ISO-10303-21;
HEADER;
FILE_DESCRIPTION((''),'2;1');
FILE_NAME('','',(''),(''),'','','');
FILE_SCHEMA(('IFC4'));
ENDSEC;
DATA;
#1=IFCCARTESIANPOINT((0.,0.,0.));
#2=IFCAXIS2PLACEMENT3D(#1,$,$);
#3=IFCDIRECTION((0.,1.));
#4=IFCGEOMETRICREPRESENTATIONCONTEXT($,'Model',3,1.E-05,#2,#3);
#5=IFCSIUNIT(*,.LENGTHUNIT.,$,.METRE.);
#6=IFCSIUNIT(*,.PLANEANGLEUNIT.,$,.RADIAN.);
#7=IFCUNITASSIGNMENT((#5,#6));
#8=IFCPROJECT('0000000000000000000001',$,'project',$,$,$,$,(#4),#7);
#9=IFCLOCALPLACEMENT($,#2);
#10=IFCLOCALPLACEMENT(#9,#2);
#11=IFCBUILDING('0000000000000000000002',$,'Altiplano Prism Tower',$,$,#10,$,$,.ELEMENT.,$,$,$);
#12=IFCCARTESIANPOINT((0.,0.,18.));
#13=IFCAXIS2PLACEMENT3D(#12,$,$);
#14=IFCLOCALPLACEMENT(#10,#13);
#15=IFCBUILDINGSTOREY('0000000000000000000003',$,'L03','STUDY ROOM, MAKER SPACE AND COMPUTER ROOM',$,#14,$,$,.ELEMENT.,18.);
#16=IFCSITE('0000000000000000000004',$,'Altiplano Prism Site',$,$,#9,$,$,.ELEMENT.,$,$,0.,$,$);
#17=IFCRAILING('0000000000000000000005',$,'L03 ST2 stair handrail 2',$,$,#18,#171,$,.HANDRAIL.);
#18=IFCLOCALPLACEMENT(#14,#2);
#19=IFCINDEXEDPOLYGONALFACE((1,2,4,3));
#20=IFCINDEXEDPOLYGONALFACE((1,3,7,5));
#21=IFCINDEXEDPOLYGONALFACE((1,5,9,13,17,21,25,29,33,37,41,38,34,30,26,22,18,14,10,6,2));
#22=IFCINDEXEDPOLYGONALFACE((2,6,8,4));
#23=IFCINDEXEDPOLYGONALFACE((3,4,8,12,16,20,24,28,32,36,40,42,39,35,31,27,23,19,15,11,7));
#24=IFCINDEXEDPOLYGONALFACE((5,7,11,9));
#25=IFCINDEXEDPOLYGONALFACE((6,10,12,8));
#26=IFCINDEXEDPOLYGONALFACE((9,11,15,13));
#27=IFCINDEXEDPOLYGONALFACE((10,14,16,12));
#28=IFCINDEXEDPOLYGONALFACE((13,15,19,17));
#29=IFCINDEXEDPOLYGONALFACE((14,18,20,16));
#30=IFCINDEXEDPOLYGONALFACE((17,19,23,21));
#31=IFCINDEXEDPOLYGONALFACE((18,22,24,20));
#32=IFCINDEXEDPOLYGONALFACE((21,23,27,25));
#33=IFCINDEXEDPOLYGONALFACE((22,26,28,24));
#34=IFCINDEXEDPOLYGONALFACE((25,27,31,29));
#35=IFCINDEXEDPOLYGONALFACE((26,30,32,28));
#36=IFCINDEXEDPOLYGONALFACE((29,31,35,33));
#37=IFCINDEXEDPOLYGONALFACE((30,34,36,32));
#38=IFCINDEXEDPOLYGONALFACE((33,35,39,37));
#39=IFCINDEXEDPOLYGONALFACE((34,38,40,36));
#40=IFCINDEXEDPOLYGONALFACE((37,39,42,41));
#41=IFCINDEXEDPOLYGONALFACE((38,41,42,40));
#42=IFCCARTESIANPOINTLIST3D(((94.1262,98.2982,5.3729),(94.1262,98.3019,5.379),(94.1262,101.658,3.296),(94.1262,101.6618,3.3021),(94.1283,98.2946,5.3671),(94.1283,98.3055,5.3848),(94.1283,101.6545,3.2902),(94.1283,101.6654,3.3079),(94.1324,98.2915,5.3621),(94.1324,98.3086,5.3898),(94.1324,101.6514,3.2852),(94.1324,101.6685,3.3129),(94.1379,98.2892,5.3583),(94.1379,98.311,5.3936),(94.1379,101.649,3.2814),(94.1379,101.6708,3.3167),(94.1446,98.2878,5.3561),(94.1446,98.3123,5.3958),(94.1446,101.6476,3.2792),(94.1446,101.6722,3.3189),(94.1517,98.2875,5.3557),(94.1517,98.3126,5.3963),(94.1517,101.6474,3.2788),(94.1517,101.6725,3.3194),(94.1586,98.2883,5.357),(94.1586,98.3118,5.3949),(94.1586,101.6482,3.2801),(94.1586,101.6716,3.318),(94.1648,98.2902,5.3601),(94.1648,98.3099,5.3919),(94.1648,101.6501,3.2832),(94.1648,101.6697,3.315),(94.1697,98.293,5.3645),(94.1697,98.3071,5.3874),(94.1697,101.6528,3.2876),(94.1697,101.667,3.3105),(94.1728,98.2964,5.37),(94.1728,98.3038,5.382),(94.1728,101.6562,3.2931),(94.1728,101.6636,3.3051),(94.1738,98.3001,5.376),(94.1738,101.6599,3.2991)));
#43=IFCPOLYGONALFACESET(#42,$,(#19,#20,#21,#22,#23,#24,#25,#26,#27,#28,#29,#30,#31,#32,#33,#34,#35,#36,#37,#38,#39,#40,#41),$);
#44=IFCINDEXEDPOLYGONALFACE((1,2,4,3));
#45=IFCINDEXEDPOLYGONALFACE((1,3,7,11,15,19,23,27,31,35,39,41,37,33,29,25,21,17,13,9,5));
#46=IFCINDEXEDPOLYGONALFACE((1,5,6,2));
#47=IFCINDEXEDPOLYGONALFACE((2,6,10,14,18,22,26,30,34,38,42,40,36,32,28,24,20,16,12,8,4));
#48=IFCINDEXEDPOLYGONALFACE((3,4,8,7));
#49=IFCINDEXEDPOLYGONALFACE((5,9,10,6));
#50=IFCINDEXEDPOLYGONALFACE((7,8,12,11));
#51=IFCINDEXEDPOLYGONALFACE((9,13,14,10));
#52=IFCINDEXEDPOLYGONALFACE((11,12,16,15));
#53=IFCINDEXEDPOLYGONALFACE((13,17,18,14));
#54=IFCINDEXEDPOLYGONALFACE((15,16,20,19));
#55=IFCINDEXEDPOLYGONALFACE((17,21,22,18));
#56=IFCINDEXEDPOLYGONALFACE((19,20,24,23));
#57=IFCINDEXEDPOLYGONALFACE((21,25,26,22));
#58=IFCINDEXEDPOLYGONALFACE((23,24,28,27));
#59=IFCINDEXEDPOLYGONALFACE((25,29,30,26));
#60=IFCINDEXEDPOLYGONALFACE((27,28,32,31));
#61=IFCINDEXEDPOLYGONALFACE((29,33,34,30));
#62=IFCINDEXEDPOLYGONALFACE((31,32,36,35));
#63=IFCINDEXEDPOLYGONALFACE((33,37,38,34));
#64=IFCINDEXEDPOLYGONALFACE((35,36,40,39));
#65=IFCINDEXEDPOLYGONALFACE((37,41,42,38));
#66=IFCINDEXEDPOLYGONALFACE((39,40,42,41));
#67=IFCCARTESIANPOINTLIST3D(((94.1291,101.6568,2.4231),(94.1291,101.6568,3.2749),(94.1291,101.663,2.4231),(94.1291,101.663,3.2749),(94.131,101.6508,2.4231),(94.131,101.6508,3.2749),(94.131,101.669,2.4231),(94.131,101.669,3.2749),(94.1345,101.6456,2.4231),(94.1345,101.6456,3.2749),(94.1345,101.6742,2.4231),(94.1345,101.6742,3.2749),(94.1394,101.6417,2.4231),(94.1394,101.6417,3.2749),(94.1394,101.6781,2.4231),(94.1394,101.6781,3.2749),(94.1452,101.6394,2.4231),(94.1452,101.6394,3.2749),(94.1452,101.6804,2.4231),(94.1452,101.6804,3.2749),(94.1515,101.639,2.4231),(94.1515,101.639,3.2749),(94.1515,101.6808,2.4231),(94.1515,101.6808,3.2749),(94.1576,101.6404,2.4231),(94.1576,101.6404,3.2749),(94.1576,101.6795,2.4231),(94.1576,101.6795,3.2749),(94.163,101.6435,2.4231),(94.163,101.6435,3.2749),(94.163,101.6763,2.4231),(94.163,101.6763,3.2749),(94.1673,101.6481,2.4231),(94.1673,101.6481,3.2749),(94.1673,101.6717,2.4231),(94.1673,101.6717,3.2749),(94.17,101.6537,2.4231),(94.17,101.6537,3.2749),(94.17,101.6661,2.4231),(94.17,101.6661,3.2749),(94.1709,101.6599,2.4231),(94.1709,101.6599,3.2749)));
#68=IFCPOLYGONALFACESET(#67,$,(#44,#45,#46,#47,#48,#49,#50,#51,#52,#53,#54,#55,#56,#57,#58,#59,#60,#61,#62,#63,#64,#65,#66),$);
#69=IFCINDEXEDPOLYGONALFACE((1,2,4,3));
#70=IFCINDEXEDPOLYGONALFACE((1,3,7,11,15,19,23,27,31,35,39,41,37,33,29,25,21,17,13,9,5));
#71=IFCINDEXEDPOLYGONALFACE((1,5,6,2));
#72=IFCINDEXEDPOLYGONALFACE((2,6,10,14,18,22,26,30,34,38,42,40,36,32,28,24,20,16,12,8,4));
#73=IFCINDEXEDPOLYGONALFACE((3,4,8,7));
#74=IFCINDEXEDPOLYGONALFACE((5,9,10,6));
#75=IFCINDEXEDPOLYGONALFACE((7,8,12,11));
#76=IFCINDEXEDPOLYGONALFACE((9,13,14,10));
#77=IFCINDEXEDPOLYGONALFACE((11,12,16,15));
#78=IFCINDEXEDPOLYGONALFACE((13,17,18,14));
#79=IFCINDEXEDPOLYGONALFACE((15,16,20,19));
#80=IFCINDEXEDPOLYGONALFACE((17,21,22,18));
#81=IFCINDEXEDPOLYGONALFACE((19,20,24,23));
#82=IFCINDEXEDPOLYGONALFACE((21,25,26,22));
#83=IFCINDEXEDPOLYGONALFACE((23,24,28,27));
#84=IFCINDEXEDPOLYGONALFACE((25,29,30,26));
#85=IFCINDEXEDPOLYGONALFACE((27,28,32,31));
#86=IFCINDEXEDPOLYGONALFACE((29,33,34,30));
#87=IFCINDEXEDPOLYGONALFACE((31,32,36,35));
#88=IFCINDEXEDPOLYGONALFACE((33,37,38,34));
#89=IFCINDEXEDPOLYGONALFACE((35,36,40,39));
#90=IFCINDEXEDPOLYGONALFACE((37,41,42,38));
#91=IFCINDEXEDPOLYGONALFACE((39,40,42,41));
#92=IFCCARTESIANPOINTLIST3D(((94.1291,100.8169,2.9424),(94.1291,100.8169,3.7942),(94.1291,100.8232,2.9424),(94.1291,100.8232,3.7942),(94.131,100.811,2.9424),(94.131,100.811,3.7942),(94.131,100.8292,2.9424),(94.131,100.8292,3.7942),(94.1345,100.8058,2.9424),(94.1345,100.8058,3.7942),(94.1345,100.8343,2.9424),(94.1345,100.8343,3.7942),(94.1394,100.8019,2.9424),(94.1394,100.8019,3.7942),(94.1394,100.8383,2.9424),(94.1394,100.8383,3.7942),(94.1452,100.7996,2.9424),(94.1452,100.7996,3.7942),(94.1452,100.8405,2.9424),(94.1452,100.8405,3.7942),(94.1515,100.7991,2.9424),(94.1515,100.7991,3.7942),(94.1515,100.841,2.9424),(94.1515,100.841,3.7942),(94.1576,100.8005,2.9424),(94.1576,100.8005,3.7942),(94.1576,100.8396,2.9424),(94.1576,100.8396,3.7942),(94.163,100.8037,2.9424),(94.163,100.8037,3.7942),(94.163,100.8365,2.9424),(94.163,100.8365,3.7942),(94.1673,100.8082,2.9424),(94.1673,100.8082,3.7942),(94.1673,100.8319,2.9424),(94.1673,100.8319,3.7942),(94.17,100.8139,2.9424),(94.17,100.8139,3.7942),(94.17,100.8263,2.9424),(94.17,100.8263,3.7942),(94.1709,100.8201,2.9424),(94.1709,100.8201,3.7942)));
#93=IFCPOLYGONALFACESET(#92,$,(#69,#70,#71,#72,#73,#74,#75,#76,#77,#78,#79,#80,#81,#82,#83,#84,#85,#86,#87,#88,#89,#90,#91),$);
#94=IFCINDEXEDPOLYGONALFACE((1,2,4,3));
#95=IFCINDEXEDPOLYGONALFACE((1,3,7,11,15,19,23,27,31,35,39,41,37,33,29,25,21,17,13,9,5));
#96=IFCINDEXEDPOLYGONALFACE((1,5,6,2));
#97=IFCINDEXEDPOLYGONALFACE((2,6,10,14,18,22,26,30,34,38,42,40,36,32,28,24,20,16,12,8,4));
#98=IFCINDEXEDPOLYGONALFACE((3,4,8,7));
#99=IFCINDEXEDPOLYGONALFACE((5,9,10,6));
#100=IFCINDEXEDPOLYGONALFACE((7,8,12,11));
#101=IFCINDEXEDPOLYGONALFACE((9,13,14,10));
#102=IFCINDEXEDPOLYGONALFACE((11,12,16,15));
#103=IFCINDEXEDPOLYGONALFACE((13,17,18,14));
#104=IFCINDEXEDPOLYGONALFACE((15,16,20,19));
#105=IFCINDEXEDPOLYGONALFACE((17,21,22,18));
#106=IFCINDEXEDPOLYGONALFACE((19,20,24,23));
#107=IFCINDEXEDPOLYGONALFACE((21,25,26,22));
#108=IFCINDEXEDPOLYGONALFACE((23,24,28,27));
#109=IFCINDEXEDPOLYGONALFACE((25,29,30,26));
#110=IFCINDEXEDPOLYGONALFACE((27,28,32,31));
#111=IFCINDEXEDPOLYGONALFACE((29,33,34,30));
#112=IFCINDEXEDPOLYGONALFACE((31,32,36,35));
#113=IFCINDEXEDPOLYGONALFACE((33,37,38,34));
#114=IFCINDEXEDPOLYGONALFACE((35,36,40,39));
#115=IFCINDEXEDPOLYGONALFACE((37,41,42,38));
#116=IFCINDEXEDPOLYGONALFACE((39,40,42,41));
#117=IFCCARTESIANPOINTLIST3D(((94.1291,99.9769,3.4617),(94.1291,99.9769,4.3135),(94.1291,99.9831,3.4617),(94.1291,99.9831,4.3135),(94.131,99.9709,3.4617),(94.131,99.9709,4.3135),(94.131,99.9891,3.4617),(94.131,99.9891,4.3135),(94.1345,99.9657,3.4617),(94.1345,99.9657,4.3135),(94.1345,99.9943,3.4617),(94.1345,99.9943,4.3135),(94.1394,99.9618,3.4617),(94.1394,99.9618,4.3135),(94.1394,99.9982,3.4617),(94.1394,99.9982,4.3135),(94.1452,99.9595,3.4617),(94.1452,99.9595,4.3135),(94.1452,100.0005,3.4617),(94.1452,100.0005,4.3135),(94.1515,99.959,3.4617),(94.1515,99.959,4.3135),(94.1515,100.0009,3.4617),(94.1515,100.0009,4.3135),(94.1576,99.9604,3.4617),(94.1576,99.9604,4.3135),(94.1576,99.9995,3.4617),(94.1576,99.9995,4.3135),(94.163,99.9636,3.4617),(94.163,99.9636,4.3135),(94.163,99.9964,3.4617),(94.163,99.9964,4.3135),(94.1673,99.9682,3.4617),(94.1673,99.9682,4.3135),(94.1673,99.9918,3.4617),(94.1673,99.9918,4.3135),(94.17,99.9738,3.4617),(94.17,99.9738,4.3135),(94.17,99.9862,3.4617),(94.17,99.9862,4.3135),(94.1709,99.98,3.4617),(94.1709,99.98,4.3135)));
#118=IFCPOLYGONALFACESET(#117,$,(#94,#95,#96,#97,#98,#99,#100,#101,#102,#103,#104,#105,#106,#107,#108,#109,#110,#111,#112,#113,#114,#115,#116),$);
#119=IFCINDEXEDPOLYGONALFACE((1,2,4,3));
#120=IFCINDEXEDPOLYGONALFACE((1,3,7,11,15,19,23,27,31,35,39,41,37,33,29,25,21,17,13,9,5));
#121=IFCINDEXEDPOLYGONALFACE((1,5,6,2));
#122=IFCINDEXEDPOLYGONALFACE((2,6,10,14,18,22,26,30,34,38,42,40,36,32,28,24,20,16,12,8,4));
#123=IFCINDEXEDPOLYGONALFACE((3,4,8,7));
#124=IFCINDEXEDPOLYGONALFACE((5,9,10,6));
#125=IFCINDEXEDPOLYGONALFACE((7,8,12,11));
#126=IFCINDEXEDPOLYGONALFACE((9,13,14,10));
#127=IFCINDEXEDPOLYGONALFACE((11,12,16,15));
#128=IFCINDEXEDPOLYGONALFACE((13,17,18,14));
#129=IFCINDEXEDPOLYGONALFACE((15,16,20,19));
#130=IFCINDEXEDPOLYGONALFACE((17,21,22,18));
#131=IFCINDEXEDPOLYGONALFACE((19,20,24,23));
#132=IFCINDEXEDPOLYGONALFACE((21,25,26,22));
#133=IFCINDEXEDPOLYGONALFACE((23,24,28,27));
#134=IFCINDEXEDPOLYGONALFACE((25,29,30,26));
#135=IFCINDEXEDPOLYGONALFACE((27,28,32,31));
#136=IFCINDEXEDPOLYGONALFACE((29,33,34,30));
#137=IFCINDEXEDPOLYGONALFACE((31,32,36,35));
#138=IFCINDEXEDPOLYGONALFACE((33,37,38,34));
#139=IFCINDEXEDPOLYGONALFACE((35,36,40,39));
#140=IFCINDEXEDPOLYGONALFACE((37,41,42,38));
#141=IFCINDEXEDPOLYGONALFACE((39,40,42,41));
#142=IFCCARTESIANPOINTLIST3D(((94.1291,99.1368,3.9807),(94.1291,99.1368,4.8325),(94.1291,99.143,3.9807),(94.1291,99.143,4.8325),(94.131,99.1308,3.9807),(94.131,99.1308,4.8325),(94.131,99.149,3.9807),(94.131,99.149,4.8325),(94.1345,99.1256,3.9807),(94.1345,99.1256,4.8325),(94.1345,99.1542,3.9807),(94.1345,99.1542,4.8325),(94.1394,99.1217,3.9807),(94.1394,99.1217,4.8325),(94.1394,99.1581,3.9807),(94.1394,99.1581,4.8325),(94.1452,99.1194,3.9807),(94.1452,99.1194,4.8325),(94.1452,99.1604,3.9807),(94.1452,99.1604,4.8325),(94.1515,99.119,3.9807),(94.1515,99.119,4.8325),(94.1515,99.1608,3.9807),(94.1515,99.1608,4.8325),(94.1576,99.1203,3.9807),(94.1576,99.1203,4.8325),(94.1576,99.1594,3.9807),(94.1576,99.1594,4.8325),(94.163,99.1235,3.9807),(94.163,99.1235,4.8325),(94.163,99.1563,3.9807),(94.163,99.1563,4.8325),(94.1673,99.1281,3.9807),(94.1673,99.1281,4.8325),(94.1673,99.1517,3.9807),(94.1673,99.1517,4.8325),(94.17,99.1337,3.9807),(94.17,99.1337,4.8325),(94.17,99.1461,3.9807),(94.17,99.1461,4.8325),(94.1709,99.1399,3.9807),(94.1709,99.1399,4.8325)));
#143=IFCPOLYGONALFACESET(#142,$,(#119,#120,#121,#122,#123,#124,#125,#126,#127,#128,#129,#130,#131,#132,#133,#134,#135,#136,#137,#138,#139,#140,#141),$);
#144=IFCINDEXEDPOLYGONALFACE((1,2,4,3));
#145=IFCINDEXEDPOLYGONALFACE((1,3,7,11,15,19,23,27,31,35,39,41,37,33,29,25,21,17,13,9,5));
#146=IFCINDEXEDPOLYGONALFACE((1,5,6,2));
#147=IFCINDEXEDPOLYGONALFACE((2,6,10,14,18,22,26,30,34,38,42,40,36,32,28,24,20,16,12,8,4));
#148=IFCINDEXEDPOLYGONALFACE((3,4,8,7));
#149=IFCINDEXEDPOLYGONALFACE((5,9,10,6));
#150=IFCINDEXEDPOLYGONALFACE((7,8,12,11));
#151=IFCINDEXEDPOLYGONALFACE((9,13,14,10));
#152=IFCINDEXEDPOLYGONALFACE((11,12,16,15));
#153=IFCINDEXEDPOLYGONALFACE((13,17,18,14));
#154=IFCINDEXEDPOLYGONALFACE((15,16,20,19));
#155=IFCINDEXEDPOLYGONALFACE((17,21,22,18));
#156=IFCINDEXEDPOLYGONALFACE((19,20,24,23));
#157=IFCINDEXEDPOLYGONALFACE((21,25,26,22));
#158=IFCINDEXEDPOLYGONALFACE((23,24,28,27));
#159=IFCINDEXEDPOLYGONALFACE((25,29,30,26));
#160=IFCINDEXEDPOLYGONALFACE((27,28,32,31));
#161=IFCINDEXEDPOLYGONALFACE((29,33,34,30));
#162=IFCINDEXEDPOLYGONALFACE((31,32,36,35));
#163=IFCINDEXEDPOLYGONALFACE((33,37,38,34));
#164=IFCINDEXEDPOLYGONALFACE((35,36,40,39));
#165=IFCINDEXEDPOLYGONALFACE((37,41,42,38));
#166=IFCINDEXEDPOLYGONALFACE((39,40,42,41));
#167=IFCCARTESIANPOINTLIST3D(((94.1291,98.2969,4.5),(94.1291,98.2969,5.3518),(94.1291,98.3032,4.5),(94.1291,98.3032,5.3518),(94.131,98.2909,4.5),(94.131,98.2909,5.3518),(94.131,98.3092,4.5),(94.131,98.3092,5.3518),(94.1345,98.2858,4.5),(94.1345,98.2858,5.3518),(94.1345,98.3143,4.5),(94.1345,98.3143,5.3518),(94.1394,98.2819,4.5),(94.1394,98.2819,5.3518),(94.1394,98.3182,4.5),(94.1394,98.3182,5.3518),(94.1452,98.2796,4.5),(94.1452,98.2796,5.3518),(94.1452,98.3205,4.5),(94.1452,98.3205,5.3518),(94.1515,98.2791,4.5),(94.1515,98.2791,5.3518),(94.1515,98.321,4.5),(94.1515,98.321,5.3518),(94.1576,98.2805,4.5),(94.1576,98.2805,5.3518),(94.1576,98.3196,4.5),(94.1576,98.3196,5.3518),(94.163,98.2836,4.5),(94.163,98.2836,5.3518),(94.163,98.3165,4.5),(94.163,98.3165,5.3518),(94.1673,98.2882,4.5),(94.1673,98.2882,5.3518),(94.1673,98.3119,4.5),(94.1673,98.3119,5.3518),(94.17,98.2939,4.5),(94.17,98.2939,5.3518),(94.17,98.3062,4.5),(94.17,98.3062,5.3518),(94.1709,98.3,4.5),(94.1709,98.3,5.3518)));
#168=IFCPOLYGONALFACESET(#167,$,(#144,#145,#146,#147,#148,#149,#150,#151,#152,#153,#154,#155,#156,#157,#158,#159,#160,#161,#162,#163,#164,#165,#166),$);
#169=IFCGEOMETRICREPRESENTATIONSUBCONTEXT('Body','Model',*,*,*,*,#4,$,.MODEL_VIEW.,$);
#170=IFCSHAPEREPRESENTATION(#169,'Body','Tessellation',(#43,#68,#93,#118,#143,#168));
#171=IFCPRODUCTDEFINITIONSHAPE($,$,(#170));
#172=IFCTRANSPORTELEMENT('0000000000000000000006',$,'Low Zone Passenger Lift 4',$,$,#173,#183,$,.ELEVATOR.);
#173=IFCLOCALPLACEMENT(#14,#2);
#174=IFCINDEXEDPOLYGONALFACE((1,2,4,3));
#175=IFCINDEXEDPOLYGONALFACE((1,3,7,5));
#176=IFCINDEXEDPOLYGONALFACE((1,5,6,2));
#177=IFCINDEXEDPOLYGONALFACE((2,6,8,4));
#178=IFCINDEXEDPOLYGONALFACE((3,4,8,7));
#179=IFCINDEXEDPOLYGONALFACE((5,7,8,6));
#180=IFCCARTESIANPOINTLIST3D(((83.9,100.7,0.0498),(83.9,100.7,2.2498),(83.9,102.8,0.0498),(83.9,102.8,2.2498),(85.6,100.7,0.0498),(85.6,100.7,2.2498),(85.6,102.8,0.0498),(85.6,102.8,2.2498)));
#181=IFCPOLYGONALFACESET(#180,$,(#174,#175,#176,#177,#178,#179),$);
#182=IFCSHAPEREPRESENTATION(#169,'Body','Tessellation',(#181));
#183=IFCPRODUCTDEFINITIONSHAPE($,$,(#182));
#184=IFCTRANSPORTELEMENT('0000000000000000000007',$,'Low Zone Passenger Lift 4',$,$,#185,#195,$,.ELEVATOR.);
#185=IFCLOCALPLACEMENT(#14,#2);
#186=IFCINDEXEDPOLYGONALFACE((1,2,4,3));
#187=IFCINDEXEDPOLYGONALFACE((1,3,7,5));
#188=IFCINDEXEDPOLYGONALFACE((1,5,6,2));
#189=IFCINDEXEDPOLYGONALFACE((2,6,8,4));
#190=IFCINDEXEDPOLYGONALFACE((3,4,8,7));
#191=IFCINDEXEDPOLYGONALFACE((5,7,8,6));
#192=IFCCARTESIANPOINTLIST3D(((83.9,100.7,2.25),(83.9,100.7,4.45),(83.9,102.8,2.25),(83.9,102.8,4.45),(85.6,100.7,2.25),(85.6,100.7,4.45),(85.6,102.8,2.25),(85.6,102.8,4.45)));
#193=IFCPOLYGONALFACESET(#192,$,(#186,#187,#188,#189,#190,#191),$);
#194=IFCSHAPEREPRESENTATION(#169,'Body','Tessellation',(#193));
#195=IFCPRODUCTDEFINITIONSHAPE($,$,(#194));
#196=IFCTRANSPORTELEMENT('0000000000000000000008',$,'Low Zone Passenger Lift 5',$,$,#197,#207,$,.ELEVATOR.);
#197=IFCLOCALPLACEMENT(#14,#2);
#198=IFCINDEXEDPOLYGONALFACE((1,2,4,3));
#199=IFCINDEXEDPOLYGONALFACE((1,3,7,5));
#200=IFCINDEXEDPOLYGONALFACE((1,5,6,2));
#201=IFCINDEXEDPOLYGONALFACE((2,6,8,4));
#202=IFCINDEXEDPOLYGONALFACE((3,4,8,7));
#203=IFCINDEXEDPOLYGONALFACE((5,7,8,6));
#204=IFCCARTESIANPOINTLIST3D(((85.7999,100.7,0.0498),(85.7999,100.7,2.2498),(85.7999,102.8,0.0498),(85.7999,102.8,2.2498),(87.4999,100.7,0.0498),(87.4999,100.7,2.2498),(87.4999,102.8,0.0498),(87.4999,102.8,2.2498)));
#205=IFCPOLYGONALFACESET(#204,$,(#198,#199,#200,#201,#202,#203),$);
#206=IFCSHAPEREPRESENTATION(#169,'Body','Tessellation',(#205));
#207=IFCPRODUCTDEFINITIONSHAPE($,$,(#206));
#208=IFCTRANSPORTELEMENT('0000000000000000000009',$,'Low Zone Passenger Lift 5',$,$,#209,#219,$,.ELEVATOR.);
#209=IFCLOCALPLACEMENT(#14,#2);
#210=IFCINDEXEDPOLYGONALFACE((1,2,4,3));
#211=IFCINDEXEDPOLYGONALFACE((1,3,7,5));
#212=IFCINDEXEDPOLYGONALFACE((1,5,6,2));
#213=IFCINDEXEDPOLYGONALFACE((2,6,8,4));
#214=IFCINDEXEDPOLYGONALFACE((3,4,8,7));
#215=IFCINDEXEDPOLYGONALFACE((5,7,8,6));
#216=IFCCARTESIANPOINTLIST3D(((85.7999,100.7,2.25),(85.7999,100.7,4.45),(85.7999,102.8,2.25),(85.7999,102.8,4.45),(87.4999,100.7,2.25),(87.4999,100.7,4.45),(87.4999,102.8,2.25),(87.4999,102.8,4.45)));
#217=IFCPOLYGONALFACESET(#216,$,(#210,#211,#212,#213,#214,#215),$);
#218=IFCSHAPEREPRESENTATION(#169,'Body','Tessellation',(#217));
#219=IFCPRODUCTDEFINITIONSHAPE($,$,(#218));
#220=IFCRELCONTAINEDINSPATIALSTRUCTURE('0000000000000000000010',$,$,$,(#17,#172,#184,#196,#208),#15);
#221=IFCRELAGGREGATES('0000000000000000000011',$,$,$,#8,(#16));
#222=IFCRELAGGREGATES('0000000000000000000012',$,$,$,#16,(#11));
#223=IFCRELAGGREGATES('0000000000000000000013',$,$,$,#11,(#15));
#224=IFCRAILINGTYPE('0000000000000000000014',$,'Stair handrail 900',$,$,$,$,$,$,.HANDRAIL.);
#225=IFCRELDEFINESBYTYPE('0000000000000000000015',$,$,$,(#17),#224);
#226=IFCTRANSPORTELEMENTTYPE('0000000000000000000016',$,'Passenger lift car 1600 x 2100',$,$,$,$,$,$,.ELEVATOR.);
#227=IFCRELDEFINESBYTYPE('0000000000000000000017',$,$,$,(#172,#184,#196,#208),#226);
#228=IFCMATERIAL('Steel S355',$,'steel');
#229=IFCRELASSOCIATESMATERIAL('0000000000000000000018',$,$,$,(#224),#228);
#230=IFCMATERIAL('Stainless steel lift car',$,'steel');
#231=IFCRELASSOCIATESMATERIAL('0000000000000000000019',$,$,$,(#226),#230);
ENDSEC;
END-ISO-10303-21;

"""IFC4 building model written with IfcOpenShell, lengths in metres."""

from ifc_helpers import new_model, si_unit, direction, frame, origin, origin_2d, place, context, subcontext, project, spatial, rectangle, circle, extrude, material, type_object, element, save


model = new_model("IFC4")

# Units and contexts
model_context = context("Model", 3, precision=1e-05, world=origin(), true_north=direction((0.0, 1.0)))
body_context = subcontext(model_context, "Body", "Model", "MODEL_VIEW")
ifc_project = project(units=[si_unit("LENGTHUNIT", "METRE"), si_unit("PLANEANGLEUNIT", "RADIAN")], contexts=[model_context])

# Site, building, storey
site_placement = place(None, origin())
site = spatial("IfcSite", under=ifc_project, at=site_placement, Name="Altiplano Prism Site", CompositionType="ELEMENT", RefElevation=0.0)
building_placement = place(site_placement, origin())
building = spatial("IfcBuilding", under=site, at=building_placement, Name="Altiplano Prism Tower", CompositionType="ELEMENT")
storey_placement = place(building_placement, frame((0.0, 0.0, 18.0)))
storey = spatial("IfcBuildingStorey", under=building, at=storey_placement, Name="L03", Description="STUDY ROOM, MAKER SPACE AND COMPUTER ROOM", CompositionType="ELEMENT", Elevation=18.0)

# Railing
ifc_material_1 = material(Name="Steel S355", Category="steel")
railing_type_1 = type_object("IfcRailingType", Name="Stair handrail 900", PredefinedType="HANDRAIL", material=ifc_material_1)
railing_1_placement = place(storey_placement, frame((94.1499, 101.6599, 2.4231)))
element("IfcRailing", 1, at=railing_1_placement, inside=storey, type_object=railing_type_1, Name="L03 ST2 stair handrail 2", PredefinedType="HANDRAIL", context=body_context, shape_type="SweptSolid", body=[
    extrude(circle(Radius=0.0239, at=origin_2d()), frame((0.0, 0.0, 0.876), z_axis=(0.0, -0.850606, 0.525803), x_axis=(1.0, 0.0, 0.0)), (0.0, 0.0, 1.0), 3.95),
    extrude(circle(Radius=0.021, at=origin_2d()), origin(), (0.0, 0.0, 1.0), 0.8518),
    extrude(circle(Radius=0.021, at=origin_2d()), frame((0.0, -0.8398, 0.5193)), (0.0, 0.0, 1.0), 0.8518),
    extrude(circle(Radius=0.021, at=origin_2d()), frame((0.0, -1.6799, 1.0386)), (0.0, 0.0, 1.0), 0.8518),
    extrude(circle(Radius=0.021, at=origin_2d()), frame((0.0, -2.52, 1.5576)), (0.0, 0.0, 1.0), 0.8518),
    extrude(circle(Radius=0.021, at=origin_2d()), frame((0.0, -3.3599, 2.0769)), (0.0, 0.0, 1.0), 0.8518),
])

# Transport elements
ifc_material_2 = material(Name="Stainless steel lift car", Category="steel")
transport_element_type = type_object("IfcTransportElementType", Name="Passenger lift car 1600 x 2100", PredefinedType="ELEVATOR", material=ifc_material_2)
for number, where, z_axis, x_axis, name in (
    (2, (84.75, 101.75, 0.0498), (0.0, 0.0, 1.0), (1.0, 0.0, 0.0), "Low Zone Passenger Lift 4"),
    (3, (84.75, 101.75, 2.25), (0.0, 0.0, 1.0), (1.0, 0.0, 0.0), "Low Zone Passenger Lift 4"),
    (4, (86.6499, 101.75, 0.0498), (0.0, 0.0, 1.0), (1.0, 0.0, 0.0), "Low Zone Passenger Lift 5"),
    (5, (86.6499, 101.75, 2.25), (0.0, 0.0, 1.0), (1.0, 0.0, 0.0), "Low Zone Passenger Lift 5"),
):
    element("IfcTransportElement", number, at=place(storey_placement, frame(where, z_axis=z_axis, x_axis=x_axis)), inside=storey, type_object=transport_element_type, Name=name, PredefinedType="ELEVATOR", context=body_context, shape_type="SweptSolid", body=[
        extrude(rectangle(XDim=1.7, YDim=2.1001, at=origin_2d()), origin(), (0.0, 0.0, 1.0), 2.2),
    ])

save(model, "model.ifc")
